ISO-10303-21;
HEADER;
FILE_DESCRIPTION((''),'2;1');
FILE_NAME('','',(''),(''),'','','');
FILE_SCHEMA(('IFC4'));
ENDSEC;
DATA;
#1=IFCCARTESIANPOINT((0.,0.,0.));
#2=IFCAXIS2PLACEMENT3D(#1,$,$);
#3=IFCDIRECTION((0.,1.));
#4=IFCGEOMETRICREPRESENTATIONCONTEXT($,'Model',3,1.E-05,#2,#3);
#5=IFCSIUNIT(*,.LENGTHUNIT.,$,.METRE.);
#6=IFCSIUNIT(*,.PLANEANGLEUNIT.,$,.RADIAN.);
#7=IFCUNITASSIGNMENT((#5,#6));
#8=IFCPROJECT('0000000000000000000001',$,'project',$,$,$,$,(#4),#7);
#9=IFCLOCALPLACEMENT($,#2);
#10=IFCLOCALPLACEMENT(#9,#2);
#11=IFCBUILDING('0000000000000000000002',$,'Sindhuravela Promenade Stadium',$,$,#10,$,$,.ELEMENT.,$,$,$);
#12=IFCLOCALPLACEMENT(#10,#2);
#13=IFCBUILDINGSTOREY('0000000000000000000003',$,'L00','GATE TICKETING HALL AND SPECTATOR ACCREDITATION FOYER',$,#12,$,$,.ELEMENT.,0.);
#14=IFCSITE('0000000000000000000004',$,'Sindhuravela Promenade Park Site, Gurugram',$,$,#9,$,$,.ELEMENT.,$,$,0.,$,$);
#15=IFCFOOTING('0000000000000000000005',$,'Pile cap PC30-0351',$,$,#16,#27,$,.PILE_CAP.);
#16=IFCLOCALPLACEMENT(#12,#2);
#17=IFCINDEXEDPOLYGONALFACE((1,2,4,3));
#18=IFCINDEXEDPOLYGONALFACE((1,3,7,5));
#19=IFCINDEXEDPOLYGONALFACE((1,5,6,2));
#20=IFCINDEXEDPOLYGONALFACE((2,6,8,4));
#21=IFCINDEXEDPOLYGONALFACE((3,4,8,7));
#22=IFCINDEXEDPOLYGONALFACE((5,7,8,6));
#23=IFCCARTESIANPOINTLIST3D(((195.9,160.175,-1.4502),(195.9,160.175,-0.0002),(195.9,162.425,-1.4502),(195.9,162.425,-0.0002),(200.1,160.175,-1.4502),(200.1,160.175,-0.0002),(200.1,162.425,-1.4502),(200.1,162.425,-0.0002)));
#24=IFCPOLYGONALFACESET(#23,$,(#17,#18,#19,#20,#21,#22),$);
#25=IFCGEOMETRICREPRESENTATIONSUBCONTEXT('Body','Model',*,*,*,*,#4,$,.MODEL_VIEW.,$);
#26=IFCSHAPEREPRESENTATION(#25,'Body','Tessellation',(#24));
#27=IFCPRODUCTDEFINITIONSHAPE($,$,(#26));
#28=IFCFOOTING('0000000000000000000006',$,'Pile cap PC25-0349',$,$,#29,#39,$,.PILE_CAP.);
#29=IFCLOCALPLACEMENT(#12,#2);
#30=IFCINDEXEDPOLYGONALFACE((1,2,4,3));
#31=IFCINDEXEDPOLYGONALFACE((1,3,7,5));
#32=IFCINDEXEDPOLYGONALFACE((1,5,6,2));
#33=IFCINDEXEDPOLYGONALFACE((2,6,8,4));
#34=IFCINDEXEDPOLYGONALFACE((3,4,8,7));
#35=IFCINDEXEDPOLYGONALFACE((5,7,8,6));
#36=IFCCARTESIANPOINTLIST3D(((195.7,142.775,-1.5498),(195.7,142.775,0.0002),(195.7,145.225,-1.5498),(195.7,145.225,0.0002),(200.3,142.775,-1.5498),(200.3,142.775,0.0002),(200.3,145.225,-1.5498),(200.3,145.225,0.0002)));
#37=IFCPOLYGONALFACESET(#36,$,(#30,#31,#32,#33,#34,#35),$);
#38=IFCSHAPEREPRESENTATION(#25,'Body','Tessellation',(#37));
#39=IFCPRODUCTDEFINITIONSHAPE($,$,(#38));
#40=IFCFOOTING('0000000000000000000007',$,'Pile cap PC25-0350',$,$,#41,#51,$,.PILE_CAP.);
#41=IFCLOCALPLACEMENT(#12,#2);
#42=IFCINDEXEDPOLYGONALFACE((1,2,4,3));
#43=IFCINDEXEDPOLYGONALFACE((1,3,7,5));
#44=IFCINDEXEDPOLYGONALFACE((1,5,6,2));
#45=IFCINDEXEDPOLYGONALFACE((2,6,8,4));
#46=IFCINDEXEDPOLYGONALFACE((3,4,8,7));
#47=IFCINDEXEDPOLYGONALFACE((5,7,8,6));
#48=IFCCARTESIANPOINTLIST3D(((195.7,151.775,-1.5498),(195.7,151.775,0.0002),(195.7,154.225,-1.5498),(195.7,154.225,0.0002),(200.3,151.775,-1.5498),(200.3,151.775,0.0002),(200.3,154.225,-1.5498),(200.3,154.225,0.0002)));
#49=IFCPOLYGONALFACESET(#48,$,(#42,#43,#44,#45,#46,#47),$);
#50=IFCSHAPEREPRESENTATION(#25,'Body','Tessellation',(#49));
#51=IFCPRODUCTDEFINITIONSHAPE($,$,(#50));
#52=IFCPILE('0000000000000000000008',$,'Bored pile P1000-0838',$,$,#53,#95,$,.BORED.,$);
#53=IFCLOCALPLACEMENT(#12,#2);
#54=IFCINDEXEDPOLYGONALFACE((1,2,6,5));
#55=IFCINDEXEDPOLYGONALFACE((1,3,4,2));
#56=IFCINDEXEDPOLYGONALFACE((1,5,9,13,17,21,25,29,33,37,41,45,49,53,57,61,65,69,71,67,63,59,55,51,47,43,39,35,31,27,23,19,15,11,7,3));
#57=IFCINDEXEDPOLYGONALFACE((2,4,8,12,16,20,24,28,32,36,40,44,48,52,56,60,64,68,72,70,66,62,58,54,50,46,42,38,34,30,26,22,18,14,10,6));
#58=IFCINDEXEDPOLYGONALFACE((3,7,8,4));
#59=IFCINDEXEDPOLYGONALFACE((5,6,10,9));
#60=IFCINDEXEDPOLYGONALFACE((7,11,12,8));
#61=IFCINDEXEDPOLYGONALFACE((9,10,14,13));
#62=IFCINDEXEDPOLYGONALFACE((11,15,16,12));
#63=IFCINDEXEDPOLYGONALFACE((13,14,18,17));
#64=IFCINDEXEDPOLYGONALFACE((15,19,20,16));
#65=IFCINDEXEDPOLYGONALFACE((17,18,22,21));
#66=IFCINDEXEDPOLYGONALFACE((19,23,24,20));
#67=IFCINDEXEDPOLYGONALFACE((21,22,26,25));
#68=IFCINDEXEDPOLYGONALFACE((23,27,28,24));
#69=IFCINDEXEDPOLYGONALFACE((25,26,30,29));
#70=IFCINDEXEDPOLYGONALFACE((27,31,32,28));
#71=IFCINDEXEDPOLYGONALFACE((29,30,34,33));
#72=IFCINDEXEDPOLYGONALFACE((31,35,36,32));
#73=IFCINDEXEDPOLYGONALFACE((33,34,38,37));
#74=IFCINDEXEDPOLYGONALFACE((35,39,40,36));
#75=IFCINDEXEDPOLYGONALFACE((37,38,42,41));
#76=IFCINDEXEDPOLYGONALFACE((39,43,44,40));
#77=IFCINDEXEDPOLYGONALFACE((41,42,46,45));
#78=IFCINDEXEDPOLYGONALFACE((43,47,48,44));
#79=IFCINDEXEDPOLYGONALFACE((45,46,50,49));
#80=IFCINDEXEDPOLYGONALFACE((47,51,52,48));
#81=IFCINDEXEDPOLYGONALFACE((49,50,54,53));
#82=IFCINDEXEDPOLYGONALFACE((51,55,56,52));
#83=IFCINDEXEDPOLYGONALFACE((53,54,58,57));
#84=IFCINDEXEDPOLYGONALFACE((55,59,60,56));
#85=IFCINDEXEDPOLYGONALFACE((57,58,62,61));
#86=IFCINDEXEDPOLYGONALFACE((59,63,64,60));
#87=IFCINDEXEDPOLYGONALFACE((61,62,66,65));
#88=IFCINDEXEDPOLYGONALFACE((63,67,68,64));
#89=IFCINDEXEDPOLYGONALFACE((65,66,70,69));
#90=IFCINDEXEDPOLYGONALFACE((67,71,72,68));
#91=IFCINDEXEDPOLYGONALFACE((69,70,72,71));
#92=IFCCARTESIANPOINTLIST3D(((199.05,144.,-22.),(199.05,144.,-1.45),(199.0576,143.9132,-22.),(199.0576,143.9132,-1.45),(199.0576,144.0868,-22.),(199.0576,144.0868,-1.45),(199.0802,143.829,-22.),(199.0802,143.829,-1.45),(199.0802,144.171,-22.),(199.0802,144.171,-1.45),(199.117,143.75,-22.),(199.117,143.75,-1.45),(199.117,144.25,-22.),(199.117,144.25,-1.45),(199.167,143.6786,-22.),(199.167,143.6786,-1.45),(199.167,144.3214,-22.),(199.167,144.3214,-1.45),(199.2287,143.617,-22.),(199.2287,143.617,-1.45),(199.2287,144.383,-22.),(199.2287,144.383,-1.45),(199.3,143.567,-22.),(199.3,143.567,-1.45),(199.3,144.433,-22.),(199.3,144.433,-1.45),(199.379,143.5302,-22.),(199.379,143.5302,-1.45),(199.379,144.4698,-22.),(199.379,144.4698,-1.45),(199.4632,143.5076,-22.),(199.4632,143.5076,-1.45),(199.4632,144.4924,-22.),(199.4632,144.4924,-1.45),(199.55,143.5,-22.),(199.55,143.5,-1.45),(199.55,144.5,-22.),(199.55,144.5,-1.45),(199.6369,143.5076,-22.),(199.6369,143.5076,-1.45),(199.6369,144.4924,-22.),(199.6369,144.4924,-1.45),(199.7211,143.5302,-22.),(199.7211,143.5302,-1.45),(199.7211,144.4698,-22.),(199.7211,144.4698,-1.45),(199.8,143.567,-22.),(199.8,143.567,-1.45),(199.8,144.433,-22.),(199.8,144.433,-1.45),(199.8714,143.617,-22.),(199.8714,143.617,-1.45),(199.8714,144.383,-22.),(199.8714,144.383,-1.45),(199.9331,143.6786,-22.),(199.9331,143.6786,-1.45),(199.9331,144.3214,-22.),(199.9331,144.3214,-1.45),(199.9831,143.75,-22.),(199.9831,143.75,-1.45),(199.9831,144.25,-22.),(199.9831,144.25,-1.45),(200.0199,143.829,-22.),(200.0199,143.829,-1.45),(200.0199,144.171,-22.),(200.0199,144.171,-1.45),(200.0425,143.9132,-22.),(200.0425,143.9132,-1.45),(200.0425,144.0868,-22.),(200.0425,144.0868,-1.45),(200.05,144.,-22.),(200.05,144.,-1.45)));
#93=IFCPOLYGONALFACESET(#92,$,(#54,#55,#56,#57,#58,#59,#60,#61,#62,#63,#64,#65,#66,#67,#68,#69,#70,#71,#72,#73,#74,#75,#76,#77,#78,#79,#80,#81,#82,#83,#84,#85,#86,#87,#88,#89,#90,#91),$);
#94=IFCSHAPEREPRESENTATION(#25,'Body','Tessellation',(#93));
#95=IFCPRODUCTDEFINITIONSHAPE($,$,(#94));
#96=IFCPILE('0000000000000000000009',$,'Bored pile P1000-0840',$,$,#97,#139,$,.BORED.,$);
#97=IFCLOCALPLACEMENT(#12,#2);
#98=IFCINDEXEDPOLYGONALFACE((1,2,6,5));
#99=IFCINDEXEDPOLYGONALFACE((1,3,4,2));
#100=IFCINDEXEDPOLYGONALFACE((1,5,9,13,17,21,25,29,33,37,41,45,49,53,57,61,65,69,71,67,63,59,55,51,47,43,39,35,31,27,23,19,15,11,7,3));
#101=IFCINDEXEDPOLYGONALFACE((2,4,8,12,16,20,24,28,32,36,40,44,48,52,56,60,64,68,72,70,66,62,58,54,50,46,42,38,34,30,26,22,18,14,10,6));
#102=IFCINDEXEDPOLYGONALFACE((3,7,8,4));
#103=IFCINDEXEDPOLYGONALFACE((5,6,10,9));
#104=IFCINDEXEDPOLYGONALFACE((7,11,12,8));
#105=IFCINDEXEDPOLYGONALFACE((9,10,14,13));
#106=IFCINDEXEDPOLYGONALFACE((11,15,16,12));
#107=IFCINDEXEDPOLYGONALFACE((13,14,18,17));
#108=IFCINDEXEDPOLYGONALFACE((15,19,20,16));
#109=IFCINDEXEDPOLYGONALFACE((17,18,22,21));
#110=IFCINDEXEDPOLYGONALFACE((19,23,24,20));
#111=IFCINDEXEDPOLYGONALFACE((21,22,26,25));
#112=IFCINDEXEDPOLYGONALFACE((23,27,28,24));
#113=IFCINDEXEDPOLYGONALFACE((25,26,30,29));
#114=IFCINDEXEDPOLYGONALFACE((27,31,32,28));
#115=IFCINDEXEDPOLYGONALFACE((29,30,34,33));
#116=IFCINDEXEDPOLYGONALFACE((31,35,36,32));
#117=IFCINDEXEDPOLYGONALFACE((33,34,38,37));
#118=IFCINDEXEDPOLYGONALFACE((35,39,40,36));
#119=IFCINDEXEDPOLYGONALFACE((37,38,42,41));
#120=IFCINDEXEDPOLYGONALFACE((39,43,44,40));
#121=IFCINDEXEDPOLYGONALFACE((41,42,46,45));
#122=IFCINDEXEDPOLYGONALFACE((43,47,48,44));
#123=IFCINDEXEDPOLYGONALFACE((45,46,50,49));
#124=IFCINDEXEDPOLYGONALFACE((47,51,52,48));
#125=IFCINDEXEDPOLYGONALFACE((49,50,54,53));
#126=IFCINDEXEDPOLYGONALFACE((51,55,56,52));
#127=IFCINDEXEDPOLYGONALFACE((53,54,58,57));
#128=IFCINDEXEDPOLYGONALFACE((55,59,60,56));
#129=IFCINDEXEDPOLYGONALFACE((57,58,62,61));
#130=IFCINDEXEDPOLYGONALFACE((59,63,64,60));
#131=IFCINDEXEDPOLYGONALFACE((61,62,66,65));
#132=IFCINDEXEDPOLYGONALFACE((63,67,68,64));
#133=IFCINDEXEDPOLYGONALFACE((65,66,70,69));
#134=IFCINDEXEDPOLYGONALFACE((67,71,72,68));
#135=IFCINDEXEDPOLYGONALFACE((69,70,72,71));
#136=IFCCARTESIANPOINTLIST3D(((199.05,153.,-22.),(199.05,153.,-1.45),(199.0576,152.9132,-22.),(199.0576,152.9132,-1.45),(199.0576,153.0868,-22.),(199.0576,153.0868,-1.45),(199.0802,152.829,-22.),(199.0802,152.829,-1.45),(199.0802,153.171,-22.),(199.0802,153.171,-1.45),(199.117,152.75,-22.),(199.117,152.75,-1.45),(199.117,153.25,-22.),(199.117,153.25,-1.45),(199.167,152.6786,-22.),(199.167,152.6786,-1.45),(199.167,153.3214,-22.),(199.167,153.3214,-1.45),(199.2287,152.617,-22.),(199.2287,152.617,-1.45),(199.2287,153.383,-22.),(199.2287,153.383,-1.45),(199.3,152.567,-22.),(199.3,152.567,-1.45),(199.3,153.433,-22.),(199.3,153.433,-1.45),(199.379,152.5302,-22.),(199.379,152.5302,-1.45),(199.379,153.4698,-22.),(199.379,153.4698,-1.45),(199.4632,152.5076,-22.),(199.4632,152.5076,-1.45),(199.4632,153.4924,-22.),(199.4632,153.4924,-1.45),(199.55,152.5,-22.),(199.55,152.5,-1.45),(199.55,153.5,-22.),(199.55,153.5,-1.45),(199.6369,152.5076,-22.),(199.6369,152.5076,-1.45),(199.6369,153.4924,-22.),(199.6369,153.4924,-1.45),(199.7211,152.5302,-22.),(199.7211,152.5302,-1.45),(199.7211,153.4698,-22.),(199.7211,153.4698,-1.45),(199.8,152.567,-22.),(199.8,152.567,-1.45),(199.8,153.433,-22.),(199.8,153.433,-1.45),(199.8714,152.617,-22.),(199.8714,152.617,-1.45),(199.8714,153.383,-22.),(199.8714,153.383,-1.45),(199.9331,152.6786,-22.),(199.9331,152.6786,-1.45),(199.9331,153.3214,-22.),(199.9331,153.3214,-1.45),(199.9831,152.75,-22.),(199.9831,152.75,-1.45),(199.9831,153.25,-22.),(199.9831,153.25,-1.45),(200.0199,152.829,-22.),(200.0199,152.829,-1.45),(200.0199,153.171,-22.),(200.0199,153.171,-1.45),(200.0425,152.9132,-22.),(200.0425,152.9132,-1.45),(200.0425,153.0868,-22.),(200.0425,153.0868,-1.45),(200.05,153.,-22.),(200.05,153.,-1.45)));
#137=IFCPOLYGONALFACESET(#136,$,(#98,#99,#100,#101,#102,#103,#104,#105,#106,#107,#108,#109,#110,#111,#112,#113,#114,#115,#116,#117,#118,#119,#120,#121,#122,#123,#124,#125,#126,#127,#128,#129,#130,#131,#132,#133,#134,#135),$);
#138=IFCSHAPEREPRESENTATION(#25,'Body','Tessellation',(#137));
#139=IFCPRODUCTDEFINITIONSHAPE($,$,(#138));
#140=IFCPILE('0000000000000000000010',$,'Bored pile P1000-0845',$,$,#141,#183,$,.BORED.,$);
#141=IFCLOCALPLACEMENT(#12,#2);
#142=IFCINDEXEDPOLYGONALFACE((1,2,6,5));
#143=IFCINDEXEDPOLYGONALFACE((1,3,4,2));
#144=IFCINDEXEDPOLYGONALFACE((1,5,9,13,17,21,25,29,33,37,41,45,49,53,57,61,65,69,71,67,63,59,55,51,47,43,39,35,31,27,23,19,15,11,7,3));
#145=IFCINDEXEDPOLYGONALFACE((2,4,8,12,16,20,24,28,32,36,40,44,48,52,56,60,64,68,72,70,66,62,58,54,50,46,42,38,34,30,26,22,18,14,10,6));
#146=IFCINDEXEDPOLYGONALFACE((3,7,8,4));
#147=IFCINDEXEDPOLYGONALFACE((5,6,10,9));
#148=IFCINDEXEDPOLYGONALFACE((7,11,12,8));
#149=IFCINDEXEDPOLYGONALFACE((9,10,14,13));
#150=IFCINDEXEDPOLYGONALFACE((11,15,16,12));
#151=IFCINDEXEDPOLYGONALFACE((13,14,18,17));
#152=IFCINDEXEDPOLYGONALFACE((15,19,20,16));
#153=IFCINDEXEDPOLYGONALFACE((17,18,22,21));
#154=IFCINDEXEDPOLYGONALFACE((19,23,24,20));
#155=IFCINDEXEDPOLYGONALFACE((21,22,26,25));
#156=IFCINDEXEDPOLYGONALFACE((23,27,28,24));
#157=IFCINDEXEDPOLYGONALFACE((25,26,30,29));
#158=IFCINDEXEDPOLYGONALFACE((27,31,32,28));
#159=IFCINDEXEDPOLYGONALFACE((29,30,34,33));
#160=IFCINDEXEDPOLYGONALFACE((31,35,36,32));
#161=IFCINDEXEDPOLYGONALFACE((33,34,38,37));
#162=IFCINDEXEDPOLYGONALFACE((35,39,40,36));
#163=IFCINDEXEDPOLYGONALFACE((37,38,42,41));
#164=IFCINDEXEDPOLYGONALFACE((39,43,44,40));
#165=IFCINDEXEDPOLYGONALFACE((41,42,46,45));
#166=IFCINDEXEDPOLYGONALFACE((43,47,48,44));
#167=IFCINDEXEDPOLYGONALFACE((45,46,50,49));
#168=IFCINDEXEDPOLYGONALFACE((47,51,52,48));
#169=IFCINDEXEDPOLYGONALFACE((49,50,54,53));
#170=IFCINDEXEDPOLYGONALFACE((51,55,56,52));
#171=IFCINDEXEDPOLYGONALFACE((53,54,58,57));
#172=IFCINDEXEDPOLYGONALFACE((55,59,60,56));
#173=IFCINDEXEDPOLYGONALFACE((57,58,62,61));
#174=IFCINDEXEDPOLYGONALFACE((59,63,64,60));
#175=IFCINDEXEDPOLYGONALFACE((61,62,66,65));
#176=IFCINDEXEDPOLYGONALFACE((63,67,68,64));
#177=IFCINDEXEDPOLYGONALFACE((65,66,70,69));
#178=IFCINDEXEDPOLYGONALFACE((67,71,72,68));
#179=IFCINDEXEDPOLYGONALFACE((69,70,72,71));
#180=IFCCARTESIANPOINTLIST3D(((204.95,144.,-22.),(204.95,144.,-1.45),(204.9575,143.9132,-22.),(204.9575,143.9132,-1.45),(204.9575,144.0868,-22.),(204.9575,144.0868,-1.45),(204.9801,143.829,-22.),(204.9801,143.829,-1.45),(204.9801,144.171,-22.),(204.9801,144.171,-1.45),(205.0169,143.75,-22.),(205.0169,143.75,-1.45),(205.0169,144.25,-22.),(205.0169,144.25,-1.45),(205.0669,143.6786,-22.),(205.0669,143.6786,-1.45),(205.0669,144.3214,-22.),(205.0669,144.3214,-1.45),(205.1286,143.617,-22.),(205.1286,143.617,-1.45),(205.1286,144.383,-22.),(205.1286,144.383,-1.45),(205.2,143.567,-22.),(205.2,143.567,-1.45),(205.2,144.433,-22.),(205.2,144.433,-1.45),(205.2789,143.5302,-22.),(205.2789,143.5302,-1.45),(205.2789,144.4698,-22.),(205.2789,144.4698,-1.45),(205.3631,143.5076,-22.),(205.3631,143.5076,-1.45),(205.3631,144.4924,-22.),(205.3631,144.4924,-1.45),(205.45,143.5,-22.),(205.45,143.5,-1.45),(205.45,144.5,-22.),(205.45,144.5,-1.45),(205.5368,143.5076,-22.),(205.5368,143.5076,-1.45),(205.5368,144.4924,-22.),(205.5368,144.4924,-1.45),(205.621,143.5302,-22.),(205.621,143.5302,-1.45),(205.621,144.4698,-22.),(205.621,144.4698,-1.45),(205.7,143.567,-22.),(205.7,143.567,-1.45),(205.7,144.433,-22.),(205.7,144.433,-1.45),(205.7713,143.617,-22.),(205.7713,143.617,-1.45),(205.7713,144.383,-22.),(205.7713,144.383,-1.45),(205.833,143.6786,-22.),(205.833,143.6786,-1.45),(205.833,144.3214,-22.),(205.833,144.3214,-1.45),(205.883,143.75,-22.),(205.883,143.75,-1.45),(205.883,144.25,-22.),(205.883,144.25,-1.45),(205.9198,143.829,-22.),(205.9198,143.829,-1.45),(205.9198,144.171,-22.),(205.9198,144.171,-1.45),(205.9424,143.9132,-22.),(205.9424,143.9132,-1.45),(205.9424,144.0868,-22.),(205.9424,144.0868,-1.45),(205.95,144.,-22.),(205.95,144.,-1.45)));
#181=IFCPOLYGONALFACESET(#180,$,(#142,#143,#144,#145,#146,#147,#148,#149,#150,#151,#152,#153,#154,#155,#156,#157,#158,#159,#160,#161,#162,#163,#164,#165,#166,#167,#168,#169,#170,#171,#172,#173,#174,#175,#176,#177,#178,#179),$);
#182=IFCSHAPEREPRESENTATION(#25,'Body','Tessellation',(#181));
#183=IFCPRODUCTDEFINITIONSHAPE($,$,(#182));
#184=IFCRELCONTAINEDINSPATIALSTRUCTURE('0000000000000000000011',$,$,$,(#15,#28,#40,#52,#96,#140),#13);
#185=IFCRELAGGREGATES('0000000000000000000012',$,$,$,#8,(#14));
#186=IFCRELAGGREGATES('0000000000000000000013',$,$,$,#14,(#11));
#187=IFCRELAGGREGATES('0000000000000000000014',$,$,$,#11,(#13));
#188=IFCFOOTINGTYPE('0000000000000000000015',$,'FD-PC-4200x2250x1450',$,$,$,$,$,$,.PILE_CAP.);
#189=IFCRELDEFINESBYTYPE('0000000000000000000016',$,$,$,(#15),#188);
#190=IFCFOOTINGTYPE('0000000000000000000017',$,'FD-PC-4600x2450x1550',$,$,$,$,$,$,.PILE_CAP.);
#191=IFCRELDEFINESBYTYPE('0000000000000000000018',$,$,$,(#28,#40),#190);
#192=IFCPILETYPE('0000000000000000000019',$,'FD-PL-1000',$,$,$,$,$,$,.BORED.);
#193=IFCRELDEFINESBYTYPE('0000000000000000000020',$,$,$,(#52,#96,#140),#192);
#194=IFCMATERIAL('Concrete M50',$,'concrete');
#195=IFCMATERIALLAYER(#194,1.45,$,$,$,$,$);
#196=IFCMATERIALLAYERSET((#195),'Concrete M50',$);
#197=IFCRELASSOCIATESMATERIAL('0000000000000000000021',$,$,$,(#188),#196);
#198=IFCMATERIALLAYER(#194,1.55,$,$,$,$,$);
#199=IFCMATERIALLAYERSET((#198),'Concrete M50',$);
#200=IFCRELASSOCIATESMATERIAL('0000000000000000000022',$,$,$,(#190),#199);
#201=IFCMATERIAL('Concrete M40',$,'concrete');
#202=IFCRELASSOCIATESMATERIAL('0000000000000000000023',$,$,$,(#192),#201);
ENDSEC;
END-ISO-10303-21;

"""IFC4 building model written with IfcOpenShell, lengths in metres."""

from ifc_helpers import new_model, si_unit, direction, frame, origin, origin_2d, place, context, subcontext, project, spatial, rectangle, circle, extrude, material, layer, layer_set, material_profile, profile_set, type_object, element, save


model = new_model("IFC4")

# Units and contexts
model_context = context("Model", 3, precision=1e-05, world=origin(), true_north=direction((0.0, 1.0)))
body_context = subcontext(model_context, "Body", "Model", "MODEL_VIEW")
ifc_project = project(units=[si_unit("LENGTHUNIT", "METRE"), si_unit("PLANEANGLEUNIT", "RADIAN")], contexts=[model_context])

# Site, building, storey
site_placement = place(None, origin())
site = spatial("IfcSite", under=ifc_project, at=site_placement, Name="Sindhuravela Promenade Park Site, Gurugram", CompositionType="ELEMENT", RefElevation=0.0)
building_placement = place(site_placement, origin())
building = spatial("IfcBuilding", under=site, at=building_placement, Name="Sindhuravela Promenade Stadium", CompositionType="ELEMENT")
storey_placement = place(building_placement, origin())
storey = spatial("IfcBuildingStorey", under=building, at=storey_placement, Name="L00", Description="GATE TICKETING HALL AND SPECTATOR ACCREDITATION FOYER", CompositionType="ELEMENT", Elevation=0.0)

# Footings
ifc_material_1 = material(Name="Concrete M50", Category="concrete")
ifc_layer_1 = layer(ifc_material_1, 1.45)
ifc_layer_set_1 = layer_set([ifc_layer_1], Name="Concrete M50")
footing_type_1 = type_object("IfcFootingType", Name="FD-PC-4200x2250x1450", PredefinedType="PILE_CAP", material=ifc_layer_set_1)
footing_placement = place(storey_placement, frame((198.0, 161.3, -1.4502), z_axis=(0.0, 0.0, 1.0), x_axis=(1.0, 0.0, 0.0)))
element("IfcFooting", 1, at=footing_placement, inside=storey, type_object=footing_type_1, Name="Pile cap PC30-0351", PredefinedType="PILE_CAP", context=body_context, shape_type="SweptSolid", body=[
    extrude(rectangle(XDim=4.2, YDim=2.25, at=origin_2d()), origin(), (0.0, 0.0, 1.0), 1.45),
])
ifc_layer_2 = layer(ifc_material_1, 1.55)
ifc_layer_set_2 = layer_set([ifc_layer_2], Name="Concrete M50")
footing_type_2 = type_object("IfcFootingType", Name="FD-PC-4600x2450x1550", PredefinedType="PILE_CAP", material=ifc_layer_set_2)
for number, where, z_axis, x_axis, name in (
    (2, (198.0, 144.0, -1.5498), (0.0, 0.0, 1.0), (1.0, 0.0, 0.0), "Pile cap PC25-0349"),
    (3, (198.0, 153.0, -1.5498), (0.0, 0.0, 1.0), (1.0, 0.0, 0.0), "Pile cap PC25-0350"),
):
    element("IfcFooting", number, at=place(storey_placement, frame(where, z_axis=z_axis, x_axis=x_axis)), inside=storey, type_object=footing_type_2, Name=name, PredefinedType="PILE_CAP", context=body_context, shape_type="SweptSolid", body=[
        extrude(rectangle(XDim=4.6001, YDim=2.45, at=origin_2d()), origin(), (0.0, 0.0, 1.0), 1.55),
    ])

# Piles
ifc_material_2 = material(Name="Concrete M40", Category="concrete")
ifc_material_profile_1 = material_profile(ifc_material_2, circle(Radius=0.5, at=origin_2d()), Name="BORED PILE D1000")
ifc_profile_set_1 = profile_set([ifc_material_profile_1], Name="Concrete M40")
pile_type_1 = type_object("IfcPileType", Name="FD-PL-1000", PredefinedType="BORED", material=ifc_profile_set_1)
for number, where, z_axis, x_axis, name in (
    (4, (199.55, 144.0, -1.45), (0.0, 0.0, -1.0), (1.0, 0.0, 0.0), "Bored pile P1000-0838"),
    (5, (199.55, 153.0, -1.45), (0.0, 0.0, -1.0), (1.0, 0.0, 0.0), "Bored pile P1000-0840"),
    (6, (205.45, 144.0, -1.45), (0.0, 0.0, -1.0), (1.0, 0.0, 0.0), "Bored pile P1000-0845"),
):
    element("IfcPile", number, at=place(storey_placement, frame(where, z_axis=z_axis, x_axis=x_axis)), inside=storey, type_object=pile_type_1, Name=name, PredefinedType="BORED", context=body_context, shape_type="SweptSolid", body=[
        extrude(circle(Radius=0.5, at=origin_2d()), origin(), (0.0, 0.0, 1.0), 20.55),
    ])

save(model, "model.ifc")
